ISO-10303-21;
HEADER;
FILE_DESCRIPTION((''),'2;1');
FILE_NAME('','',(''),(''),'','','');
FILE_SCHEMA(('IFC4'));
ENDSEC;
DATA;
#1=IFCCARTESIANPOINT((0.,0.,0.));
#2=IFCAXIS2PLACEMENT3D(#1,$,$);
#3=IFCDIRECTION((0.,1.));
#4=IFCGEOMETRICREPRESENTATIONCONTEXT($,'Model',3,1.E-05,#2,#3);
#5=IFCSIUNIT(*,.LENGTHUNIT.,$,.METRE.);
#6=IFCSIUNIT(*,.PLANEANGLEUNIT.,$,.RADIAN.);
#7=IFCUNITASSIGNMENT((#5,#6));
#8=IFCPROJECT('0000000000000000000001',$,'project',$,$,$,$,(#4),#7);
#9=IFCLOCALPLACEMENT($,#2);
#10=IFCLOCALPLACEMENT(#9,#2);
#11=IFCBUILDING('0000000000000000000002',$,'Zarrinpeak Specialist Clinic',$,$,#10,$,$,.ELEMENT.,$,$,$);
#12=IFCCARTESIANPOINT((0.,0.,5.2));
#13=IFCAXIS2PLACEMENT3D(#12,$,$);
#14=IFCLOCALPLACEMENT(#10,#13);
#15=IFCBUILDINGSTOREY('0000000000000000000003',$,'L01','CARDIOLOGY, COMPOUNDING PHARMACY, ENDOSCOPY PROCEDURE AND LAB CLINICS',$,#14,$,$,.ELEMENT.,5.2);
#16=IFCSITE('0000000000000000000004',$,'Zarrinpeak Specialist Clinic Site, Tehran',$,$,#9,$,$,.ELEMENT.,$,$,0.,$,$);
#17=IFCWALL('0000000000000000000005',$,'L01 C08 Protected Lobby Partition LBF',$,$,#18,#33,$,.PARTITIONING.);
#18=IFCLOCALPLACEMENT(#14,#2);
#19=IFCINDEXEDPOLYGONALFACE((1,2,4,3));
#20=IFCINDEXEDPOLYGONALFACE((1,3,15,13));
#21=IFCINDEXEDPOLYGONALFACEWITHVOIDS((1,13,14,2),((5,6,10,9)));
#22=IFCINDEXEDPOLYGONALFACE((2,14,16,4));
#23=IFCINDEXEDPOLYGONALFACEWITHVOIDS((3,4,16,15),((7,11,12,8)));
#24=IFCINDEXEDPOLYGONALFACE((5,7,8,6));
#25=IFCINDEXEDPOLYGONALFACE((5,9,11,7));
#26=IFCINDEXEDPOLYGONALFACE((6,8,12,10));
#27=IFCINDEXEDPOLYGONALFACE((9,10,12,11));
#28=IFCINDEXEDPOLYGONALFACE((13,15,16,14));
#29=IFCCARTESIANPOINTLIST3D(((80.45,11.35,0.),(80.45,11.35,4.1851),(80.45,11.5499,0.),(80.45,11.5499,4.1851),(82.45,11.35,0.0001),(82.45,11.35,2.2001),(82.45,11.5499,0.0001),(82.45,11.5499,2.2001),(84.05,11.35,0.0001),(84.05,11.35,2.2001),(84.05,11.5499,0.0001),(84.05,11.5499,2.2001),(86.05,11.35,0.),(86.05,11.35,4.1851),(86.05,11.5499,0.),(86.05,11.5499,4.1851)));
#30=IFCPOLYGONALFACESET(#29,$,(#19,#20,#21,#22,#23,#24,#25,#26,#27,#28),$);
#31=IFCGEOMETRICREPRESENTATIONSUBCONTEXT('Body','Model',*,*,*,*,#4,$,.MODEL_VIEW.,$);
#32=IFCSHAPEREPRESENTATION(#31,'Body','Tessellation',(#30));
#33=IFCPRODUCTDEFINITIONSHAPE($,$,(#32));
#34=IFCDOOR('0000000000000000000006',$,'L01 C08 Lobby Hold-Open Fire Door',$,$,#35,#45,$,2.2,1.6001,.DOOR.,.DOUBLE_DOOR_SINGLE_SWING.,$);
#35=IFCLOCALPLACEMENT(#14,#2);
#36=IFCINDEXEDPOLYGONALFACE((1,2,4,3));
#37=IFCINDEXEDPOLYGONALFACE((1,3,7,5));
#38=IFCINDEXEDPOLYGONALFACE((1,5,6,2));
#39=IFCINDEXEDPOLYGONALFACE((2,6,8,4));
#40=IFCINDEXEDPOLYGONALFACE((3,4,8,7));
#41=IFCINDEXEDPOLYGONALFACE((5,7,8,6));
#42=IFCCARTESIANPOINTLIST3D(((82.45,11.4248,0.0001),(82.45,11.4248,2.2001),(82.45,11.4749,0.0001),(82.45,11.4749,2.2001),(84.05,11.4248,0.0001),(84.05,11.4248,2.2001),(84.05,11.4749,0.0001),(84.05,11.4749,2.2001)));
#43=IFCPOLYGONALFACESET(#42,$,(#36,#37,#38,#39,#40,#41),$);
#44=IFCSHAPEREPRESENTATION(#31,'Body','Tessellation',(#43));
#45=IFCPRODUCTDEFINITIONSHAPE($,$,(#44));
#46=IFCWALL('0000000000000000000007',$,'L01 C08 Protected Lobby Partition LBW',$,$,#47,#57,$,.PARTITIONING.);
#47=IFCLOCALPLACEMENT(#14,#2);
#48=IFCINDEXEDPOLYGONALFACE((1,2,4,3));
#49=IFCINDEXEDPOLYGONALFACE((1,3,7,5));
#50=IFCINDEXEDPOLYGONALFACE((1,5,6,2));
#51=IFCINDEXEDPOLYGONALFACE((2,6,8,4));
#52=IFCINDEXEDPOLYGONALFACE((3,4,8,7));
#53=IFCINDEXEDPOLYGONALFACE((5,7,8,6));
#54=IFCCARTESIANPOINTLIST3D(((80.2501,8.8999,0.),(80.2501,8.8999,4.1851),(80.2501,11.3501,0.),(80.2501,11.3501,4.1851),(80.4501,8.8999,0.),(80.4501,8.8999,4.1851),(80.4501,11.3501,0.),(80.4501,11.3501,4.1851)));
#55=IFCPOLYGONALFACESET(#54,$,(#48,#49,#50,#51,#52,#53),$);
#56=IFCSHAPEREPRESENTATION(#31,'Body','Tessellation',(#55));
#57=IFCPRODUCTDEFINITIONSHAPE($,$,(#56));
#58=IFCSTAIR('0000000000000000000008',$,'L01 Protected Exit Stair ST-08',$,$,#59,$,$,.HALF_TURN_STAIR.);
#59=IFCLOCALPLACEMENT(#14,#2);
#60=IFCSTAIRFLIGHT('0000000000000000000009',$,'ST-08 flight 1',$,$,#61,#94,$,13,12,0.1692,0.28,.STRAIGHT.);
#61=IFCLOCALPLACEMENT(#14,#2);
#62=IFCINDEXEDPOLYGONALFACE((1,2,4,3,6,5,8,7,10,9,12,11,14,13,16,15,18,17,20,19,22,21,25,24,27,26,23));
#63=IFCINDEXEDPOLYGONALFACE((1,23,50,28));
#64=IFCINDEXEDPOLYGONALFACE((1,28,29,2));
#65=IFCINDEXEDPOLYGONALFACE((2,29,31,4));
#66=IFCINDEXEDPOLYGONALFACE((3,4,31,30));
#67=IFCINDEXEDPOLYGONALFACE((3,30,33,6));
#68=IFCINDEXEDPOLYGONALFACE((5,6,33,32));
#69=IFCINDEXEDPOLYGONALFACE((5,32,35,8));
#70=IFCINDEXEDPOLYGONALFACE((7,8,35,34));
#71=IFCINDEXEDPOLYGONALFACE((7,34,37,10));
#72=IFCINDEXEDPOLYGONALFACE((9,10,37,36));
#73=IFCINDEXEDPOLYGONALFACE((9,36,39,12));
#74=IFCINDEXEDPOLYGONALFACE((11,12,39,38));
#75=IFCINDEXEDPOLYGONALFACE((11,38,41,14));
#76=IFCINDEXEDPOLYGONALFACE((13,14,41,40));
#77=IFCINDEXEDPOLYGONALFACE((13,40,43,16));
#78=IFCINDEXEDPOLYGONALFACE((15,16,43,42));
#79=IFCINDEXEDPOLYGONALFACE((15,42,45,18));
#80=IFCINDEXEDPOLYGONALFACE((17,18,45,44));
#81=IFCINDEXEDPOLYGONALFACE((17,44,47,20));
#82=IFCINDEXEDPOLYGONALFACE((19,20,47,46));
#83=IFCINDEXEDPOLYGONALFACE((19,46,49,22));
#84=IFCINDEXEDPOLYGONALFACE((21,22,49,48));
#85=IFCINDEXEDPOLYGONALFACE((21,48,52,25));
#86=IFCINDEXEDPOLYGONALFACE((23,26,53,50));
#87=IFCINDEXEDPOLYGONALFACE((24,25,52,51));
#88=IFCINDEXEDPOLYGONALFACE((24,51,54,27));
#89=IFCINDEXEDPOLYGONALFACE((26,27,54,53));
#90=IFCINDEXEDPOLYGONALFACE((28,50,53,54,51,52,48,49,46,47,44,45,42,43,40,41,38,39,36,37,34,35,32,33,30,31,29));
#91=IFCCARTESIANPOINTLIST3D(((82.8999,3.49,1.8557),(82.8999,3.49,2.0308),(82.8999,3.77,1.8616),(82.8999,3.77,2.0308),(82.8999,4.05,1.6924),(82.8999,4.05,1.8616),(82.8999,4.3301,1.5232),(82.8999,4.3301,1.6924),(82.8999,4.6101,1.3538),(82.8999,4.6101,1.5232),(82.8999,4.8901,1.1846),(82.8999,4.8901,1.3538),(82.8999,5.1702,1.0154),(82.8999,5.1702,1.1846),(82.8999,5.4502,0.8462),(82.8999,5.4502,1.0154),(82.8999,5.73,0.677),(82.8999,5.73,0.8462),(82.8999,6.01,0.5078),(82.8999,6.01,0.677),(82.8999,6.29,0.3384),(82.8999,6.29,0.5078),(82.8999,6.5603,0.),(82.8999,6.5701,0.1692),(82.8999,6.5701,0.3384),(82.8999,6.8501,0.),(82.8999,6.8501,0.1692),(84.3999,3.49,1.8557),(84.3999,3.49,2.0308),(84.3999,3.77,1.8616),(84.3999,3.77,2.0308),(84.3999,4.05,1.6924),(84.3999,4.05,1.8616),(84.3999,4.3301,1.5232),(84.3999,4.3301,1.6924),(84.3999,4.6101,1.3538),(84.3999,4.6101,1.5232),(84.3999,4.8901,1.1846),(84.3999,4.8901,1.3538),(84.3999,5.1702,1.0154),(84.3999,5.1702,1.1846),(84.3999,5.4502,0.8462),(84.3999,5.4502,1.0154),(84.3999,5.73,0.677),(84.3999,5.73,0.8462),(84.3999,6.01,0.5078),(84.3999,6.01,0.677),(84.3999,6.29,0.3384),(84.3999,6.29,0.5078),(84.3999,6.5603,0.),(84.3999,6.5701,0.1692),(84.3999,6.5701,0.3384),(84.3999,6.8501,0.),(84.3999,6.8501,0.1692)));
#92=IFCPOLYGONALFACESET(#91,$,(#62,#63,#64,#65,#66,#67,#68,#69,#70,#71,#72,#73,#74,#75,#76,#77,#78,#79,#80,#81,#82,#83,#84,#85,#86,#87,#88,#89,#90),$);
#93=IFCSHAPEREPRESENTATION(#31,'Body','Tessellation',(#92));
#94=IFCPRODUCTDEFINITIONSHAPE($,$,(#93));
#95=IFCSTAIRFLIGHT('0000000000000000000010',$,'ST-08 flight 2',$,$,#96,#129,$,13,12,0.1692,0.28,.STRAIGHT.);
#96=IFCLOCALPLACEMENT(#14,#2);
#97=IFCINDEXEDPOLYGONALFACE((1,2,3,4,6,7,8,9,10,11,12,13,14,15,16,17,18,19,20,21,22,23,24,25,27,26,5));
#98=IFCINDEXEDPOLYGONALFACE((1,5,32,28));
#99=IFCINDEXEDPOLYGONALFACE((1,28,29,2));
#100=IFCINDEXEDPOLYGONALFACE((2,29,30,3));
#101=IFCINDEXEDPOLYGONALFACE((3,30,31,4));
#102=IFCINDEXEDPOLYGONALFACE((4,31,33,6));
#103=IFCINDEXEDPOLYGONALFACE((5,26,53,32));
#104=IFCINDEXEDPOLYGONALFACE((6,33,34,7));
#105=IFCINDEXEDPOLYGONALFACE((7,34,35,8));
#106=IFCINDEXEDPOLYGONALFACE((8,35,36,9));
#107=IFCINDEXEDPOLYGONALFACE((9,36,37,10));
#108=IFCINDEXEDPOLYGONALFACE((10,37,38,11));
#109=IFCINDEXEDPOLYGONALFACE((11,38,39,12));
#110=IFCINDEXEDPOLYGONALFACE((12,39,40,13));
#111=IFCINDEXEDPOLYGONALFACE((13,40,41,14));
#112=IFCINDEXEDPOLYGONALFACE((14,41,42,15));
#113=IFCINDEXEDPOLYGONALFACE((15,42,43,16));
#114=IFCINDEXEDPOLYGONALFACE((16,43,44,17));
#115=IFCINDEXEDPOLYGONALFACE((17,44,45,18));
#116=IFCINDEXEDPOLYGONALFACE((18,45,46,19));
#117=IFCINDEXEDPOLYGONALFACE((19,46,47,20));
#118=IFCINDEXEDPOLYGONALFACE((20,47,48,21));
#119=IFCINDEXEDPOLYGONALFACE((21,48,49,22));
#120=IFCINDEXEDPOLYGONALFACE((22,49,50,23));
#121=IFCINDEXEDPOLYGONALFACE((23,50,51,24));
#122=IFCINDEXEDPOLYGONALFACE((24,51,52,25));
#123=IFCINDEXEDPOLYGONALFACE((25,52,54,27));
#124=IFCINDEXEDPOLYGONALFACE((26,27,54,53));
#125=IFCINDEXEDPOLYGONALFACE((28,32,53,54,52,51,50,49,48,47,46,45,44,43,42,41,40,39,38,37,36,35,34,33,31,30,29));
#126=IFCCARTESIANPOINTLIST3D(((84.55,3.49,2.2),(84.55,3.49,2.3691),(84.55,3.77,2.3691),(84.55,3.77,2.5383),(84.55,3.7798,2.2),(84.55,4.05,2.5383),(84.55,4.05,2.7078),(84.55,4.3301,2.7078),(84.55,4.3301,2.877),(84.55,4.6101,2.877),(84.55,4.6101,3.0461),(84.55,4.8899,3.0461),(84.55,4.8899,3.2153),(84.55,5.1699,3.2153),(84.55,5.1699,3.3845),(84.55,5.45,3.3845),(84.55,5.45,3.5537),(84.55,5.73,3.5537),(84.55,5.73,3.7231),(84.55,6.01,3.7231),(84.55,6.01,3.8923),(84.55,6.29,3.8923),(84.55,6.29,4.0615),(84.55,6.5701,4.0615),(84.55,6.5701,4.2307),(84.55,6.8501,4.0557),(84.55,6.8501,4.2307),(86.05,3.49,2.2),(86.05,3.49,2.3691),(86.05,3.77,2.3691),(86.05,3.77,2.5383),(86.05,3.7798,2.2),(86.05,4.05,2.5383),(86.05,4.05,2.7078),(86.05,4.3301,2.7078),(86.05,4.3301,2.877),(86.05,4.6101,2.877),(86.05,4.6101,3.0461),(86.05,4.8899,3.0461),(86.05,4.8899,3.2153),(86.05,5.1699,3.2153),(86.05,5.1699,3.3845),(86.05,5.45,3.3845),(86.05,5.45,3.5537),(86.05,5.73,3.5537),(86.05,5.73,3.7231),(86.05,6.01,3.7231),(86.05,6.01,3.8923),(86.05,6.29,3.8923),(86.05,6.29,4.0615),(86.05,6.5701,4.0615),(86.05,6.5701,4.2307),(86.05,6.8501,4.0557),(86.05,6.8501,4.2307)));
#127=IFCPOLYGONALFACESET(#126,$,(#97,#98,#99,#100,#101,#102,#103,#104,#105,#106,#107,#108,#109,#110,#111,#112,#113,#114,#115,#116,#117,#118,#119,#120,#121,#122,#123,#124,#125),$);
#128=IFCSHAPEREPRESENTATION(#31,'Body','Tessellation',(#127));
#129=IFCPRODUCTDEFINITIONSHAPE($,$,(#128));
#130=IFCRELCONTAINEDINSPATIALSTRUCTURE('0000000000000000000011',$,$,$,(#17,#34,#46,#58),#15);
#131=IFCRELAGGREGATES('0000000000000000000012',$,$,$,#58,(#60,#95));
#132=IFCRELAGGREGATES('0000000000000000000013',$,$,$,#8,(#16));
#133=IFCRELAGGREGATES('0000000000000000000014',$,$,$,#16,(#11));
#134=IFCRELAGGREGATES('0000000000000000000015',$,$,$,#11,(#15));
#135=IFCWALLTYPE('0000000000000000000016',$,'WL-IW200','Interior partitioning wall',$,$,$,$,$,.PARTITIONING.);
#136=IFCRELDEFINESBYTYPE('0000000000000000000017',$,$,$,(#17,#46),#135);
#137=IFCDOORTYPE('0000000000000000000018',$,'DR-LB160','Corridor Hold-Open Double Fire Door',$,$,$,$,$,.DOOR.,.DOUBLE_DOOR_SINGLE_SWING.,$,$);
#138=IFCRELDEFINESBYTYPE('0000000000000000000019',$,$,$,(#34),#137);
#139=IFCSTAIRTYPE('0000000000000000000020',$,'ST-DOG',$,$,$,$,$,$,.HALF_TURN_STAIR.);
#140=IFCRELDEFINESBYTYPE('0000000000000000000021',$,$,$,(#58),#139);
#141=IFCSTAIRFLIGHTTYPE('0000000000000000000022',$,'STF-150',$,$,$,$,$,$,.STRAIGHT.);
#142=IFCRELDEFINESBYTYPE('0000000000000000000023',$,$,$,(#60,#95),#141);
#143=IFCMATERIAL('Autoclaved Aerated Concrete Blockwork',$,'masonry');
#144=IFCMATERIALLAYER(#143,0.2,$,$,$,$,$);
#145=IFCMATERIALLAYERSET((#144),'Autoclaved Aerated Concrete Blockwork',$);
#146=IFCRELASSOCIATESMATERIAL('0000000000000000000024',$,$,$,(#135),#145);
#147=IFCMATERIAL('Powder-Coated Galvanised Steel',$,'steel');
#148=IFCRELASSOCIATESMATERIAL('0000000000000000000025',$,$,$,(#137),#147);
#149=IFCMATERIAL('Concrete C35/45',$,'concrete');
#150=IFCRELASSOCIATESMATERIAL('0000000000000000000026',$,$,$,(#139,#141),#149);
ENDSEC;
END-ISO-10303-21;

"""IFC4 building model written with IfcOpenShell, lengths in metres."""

from ifc_helpers import new_model, si_unit, direction, frame, frame_2d, origin, place, context, subcontext, project, spatial, polyline, rectangle, outline, extrude, material, layer, layer_set, type_object, element, fill, aggregate, save


model = new_model("IFC4")

# Units and contexts
model_context = context("Model", 3, precision=1e-05, world=origin(), true_north=direction((0.0, 1.0)))
body_context = subcontext(model_context, "Body", "Model", "MODEL_VIEW")
ifc_project = project(units=[si_unit("LENGTHUNIT", "METRE"), si_unit("PLANEANGLEUNIT", "RADIAN")], contexts=[model_context])

# Site, building, storey
site_placement = place(None, origin())
site = spatial("IfcSite", under=ifc_project, at=site_placement, Name="Zarrinpeak Specialist Clinic Site, Tehran", CompositionType="ELEMENT", RefElevation=0.0)
building_placement = place(site_placement, origin())
building = spatial("IfcBuilding", under=site, at=building_placement, Name="Zarrinpeak Specialist Clinic", CompositionType="ELEMENT")
storey_placement = place(building_placement, frame((0.0, 0.0, 5.2)))
storey = spatial("IfcBuildingStorey", under=building, at=storey_placement, Name="L01", Description="CARDIOLOGY, COMPOUNDING PHARMACY, ENDOSCOPY PROCEDURE AND LAB CLINICS", CompositionType="ELEMENT", Elevation=5.2)

# Shared definitions
ifc_material_1 = material(Name="Powder-Coated Galvanised Steel", Category="steel")

# Wall, opening, door
ifc_material_2 = material(Name="Autoclaved Aerated Concrete Blockwork", Category="masonry")
ifc_layer_1 = layer(ifc_material_2, 0.2)
ifc_layer_set_1 = layer_set([ifc_layer_1], Name="Autoclaved Aerated Concrete Blockwork")
wall_type_1 = type_object("IfcWallType", Name="WL-IW200", Description="Interior partitioning wall", PredefinedType="PARTITIONING", material=ifc_layer_set_1)
wall_1_placement = place(storey_placement, frame((80.45, 11.45, 0.0), z_axis=(0.0, 0.0, 1.0), x_axis=(1.0, 0.0, 0.0)))
wall_1 = element("IfcWall", 1, at=wall_1_placement, inside=storey, type_object=wall_type_1, Name="L01 C08 Protected Lobby Partition LBF", PredefinedType="PARTITIONING", context=body_context, shape_type="SweptSolid", body=[
    extrude(rectangle(XDim=5.6001, YDim=0.2, at=frame_2d((2.8, 0.0))), origin(), (0.0, 0.0, 1.0), 4.1851),
])
opening_1_placement = place(wall_1_placement, frame((2.0, 0.0, 0.0)))
opening_1 = element("IfcOpeningElement", 2, at=opening_1_placement, cuts=wall_1, PredefinedType="OPENING", context=body_context, shape_type="SweptSolid", body=[
    extrude(rectangle(XDim=1.6001, YDim=2.2, at=frame_2d((0.8, 1.1001))), frame((0.0, 0.1099, 0.0), z_axis=(0.0, -1.0, 0.0), x_axis=(1.0, 0.0, 0.0)), (0.0, 0.0, 1.0), 0.22),
])
door_type_1 = type_object("IfcDoorType", Name="DR-LB160", Description="Corridor Hold-Open Double Fire Door", OperationType="DOUBLE_DOOR_SINGLE_SWING", PredefinedType="DOOR", material=ifc_material_1)
door_1_placement = place(opening_1_placement, origin())
door_1 = element("IfcDoor", 3, at=door_1_placement, inside=storey, type_object=door_type_1, Name="L01 C08 Lobby Hold-Open Fire Door", OperationType="DOUBLE_DOOR_SINGLE_SWING", OverallHeight=2.2, OverallWidth=1.6001, PredefinedType="DOOR", context=body_context, shape_type="SweptSolid", body=[
    extrude(rectangle(XDim=1.6001, YDim=2.2, at=frame_2d((0.8, 1.1001))), frame((0.0, 0.0249, 0.0), z_axis=(0.0, -1.0, 0.0), x_axis=(1.0, 0.0, 0.0)), (0.0, 0.0, 1.0), 0.05),
])
fill(opening_1, door_1)

# Wall
wall_2_placement = place(storey_placement, frame((80.3501, 8.8999, 0.0), z_axis=(0.0, 0.0, 1.0), x_axis=(0.0, 1.0, 0.0)))
element("IfcWall", 4, at=wall_2_placement, inside=storey, type_object=wall_type_1, Name="L01 C08 Protected Lobby Partition LBW", PredefinedType="PARTITIONING", context=body_context, shape_type="SweptSolid", body=[
    extrude(rectangle(XDim=2.4502, YDim=0.2, at=frame_2d((1.2251, 0.0))), origin(), (0.0, 0.0, 1.0), 4.1851),
])

# Stair, stair flights
ifc_material_3 = material(Name="Concrete C35/45", Category="concrete")
stair_type = type_object("IfcStairType", Name="ST-DOG", PredefinedType="HALF_TURN_STAIR", material=ifc_material_3)
stair_placement = place(storey_placement, origin())
stair = element("IfcStair", 5, at=stair_placement, inside=storey, type_object=stair_type, Name="L01 Protected Exit Stair ST-08", PredefinedType="HALF_TURN_STAIR")
stair_flight_type = type_object("IfcStairFlightType", Name="STF-150", PredefinedType="STRAIGHT", material=ifc_material_3)
stair_flight_1_placement = place(storey_placement, frame((83.6499, 6.8501, 0.0), z_axis=(0.0, 0.0, 1.0), x_axis=(0.0, -1.0, 0.0)))
stair_flight_1 = element("IfcStairFlight", 6, at=stair_flight_1_placement, type_object=stair_flight_type, Name="ST-08 flight 1", NumberOfRisers=13, NumberOfTreads=12, PredefinedType="STRAIGHT", RiserHeight=0.1692, TreadLength=0.28, context=body_context, shape_type="SweptSolid", body=[
    extrude(outline(polyline([(0.0, 0.0), (0.0, 0.1692), (0.28, 0.1692), (0.28, 0.3384), (0.5601, 0.3384), (0.5601, 0.5078), (0.8401, 0.5078), (0.8401, 0.677), (1.1201, 0.677), (1.1201, 0.8462), (1.3999, 0.8462), (1.3999, 1.0154), (1.6799, 1.0154), (1.6799, 1.1846), (1.96, 1.1846), (1.96, 1.3538), (2.24, 1.3538), (2.24, 1.5232), (2.52, 1.5232), (2.52, 1.6924), (2.8, 1.6924), (2.8, 1.8616), (3.0801, 1.8616), (3.0801, 2.0308), (3.3601, 2.0308), (3.3601, 2.2), (3.3601, 1.8557), (0.2898, 0.0), (0.0, 0.0)])), frame((0.0, 0.75, 0.0), z_axis=(0.0, -1.0, 0.0), x_axis=(1.0, 0.0, 0.0)), (0.0, 0.0, 1.0), 1.5),
])
stair_flight_2_placement = place(storey_placement, frame((85.3, 3.49, 2.2), z_axis=(0.0, 0.0, 1.0), x_axis=(0.0, 1.0, 0.0)))
stair_flight_2 = element("IfcStairFlight", 7, at=stair_flight_2_placement, type_object=stair_flight_type, Name="ST-08 flight 2", NumberOfRisers=13, NumberOfTreads=12, PredefinedType="STRAIGHT", RiserHeight=0.1692, TreadLength=0.28, context=body_context, shape_type="SweptSolid", body=[
    extrude(outline(polyline([(0.0, 0.0), (0.0, 0.1692), (0.28, 0.1692), (0.28, 0.3384), (0.5601, 0.3384), (0.5601, 0.5078), (0.8401, 0.5078), (0.8401, 0.677), (1.1201, 0.677), (1.1201, 0.8462), (1.3999, 0.8462), (1.3999, 1.0154), (1.6799, 1.0154), (1.6799, 1.1846), (1.96, 1.1846), (1.96, 1.3538), (2.24, 1.3538), (2.24, 1.5232), (2.52, 1.5232), (2.52, 1.6924), (2.8, 1.6924), (2.8, 1.8616), (3.0801, 1.8616), (3.0801, 2.0308), (3.3601, 2.0308), (3.3601, 2.2), (3.3601, 1.8557), (0.2898, 0.0), (0.0, 0.0)])), frame((0.0, 0.75, 0.0), z_axis=(0.0, -1.0, 0.0), x_axis=(1.0, 0.0, 0.0)), (0.0, 0.0, 1.0), 1.5),
])
aggregate(stair, [stair_flight_1, stair_flight_2])

save(model, "model.ifc")
